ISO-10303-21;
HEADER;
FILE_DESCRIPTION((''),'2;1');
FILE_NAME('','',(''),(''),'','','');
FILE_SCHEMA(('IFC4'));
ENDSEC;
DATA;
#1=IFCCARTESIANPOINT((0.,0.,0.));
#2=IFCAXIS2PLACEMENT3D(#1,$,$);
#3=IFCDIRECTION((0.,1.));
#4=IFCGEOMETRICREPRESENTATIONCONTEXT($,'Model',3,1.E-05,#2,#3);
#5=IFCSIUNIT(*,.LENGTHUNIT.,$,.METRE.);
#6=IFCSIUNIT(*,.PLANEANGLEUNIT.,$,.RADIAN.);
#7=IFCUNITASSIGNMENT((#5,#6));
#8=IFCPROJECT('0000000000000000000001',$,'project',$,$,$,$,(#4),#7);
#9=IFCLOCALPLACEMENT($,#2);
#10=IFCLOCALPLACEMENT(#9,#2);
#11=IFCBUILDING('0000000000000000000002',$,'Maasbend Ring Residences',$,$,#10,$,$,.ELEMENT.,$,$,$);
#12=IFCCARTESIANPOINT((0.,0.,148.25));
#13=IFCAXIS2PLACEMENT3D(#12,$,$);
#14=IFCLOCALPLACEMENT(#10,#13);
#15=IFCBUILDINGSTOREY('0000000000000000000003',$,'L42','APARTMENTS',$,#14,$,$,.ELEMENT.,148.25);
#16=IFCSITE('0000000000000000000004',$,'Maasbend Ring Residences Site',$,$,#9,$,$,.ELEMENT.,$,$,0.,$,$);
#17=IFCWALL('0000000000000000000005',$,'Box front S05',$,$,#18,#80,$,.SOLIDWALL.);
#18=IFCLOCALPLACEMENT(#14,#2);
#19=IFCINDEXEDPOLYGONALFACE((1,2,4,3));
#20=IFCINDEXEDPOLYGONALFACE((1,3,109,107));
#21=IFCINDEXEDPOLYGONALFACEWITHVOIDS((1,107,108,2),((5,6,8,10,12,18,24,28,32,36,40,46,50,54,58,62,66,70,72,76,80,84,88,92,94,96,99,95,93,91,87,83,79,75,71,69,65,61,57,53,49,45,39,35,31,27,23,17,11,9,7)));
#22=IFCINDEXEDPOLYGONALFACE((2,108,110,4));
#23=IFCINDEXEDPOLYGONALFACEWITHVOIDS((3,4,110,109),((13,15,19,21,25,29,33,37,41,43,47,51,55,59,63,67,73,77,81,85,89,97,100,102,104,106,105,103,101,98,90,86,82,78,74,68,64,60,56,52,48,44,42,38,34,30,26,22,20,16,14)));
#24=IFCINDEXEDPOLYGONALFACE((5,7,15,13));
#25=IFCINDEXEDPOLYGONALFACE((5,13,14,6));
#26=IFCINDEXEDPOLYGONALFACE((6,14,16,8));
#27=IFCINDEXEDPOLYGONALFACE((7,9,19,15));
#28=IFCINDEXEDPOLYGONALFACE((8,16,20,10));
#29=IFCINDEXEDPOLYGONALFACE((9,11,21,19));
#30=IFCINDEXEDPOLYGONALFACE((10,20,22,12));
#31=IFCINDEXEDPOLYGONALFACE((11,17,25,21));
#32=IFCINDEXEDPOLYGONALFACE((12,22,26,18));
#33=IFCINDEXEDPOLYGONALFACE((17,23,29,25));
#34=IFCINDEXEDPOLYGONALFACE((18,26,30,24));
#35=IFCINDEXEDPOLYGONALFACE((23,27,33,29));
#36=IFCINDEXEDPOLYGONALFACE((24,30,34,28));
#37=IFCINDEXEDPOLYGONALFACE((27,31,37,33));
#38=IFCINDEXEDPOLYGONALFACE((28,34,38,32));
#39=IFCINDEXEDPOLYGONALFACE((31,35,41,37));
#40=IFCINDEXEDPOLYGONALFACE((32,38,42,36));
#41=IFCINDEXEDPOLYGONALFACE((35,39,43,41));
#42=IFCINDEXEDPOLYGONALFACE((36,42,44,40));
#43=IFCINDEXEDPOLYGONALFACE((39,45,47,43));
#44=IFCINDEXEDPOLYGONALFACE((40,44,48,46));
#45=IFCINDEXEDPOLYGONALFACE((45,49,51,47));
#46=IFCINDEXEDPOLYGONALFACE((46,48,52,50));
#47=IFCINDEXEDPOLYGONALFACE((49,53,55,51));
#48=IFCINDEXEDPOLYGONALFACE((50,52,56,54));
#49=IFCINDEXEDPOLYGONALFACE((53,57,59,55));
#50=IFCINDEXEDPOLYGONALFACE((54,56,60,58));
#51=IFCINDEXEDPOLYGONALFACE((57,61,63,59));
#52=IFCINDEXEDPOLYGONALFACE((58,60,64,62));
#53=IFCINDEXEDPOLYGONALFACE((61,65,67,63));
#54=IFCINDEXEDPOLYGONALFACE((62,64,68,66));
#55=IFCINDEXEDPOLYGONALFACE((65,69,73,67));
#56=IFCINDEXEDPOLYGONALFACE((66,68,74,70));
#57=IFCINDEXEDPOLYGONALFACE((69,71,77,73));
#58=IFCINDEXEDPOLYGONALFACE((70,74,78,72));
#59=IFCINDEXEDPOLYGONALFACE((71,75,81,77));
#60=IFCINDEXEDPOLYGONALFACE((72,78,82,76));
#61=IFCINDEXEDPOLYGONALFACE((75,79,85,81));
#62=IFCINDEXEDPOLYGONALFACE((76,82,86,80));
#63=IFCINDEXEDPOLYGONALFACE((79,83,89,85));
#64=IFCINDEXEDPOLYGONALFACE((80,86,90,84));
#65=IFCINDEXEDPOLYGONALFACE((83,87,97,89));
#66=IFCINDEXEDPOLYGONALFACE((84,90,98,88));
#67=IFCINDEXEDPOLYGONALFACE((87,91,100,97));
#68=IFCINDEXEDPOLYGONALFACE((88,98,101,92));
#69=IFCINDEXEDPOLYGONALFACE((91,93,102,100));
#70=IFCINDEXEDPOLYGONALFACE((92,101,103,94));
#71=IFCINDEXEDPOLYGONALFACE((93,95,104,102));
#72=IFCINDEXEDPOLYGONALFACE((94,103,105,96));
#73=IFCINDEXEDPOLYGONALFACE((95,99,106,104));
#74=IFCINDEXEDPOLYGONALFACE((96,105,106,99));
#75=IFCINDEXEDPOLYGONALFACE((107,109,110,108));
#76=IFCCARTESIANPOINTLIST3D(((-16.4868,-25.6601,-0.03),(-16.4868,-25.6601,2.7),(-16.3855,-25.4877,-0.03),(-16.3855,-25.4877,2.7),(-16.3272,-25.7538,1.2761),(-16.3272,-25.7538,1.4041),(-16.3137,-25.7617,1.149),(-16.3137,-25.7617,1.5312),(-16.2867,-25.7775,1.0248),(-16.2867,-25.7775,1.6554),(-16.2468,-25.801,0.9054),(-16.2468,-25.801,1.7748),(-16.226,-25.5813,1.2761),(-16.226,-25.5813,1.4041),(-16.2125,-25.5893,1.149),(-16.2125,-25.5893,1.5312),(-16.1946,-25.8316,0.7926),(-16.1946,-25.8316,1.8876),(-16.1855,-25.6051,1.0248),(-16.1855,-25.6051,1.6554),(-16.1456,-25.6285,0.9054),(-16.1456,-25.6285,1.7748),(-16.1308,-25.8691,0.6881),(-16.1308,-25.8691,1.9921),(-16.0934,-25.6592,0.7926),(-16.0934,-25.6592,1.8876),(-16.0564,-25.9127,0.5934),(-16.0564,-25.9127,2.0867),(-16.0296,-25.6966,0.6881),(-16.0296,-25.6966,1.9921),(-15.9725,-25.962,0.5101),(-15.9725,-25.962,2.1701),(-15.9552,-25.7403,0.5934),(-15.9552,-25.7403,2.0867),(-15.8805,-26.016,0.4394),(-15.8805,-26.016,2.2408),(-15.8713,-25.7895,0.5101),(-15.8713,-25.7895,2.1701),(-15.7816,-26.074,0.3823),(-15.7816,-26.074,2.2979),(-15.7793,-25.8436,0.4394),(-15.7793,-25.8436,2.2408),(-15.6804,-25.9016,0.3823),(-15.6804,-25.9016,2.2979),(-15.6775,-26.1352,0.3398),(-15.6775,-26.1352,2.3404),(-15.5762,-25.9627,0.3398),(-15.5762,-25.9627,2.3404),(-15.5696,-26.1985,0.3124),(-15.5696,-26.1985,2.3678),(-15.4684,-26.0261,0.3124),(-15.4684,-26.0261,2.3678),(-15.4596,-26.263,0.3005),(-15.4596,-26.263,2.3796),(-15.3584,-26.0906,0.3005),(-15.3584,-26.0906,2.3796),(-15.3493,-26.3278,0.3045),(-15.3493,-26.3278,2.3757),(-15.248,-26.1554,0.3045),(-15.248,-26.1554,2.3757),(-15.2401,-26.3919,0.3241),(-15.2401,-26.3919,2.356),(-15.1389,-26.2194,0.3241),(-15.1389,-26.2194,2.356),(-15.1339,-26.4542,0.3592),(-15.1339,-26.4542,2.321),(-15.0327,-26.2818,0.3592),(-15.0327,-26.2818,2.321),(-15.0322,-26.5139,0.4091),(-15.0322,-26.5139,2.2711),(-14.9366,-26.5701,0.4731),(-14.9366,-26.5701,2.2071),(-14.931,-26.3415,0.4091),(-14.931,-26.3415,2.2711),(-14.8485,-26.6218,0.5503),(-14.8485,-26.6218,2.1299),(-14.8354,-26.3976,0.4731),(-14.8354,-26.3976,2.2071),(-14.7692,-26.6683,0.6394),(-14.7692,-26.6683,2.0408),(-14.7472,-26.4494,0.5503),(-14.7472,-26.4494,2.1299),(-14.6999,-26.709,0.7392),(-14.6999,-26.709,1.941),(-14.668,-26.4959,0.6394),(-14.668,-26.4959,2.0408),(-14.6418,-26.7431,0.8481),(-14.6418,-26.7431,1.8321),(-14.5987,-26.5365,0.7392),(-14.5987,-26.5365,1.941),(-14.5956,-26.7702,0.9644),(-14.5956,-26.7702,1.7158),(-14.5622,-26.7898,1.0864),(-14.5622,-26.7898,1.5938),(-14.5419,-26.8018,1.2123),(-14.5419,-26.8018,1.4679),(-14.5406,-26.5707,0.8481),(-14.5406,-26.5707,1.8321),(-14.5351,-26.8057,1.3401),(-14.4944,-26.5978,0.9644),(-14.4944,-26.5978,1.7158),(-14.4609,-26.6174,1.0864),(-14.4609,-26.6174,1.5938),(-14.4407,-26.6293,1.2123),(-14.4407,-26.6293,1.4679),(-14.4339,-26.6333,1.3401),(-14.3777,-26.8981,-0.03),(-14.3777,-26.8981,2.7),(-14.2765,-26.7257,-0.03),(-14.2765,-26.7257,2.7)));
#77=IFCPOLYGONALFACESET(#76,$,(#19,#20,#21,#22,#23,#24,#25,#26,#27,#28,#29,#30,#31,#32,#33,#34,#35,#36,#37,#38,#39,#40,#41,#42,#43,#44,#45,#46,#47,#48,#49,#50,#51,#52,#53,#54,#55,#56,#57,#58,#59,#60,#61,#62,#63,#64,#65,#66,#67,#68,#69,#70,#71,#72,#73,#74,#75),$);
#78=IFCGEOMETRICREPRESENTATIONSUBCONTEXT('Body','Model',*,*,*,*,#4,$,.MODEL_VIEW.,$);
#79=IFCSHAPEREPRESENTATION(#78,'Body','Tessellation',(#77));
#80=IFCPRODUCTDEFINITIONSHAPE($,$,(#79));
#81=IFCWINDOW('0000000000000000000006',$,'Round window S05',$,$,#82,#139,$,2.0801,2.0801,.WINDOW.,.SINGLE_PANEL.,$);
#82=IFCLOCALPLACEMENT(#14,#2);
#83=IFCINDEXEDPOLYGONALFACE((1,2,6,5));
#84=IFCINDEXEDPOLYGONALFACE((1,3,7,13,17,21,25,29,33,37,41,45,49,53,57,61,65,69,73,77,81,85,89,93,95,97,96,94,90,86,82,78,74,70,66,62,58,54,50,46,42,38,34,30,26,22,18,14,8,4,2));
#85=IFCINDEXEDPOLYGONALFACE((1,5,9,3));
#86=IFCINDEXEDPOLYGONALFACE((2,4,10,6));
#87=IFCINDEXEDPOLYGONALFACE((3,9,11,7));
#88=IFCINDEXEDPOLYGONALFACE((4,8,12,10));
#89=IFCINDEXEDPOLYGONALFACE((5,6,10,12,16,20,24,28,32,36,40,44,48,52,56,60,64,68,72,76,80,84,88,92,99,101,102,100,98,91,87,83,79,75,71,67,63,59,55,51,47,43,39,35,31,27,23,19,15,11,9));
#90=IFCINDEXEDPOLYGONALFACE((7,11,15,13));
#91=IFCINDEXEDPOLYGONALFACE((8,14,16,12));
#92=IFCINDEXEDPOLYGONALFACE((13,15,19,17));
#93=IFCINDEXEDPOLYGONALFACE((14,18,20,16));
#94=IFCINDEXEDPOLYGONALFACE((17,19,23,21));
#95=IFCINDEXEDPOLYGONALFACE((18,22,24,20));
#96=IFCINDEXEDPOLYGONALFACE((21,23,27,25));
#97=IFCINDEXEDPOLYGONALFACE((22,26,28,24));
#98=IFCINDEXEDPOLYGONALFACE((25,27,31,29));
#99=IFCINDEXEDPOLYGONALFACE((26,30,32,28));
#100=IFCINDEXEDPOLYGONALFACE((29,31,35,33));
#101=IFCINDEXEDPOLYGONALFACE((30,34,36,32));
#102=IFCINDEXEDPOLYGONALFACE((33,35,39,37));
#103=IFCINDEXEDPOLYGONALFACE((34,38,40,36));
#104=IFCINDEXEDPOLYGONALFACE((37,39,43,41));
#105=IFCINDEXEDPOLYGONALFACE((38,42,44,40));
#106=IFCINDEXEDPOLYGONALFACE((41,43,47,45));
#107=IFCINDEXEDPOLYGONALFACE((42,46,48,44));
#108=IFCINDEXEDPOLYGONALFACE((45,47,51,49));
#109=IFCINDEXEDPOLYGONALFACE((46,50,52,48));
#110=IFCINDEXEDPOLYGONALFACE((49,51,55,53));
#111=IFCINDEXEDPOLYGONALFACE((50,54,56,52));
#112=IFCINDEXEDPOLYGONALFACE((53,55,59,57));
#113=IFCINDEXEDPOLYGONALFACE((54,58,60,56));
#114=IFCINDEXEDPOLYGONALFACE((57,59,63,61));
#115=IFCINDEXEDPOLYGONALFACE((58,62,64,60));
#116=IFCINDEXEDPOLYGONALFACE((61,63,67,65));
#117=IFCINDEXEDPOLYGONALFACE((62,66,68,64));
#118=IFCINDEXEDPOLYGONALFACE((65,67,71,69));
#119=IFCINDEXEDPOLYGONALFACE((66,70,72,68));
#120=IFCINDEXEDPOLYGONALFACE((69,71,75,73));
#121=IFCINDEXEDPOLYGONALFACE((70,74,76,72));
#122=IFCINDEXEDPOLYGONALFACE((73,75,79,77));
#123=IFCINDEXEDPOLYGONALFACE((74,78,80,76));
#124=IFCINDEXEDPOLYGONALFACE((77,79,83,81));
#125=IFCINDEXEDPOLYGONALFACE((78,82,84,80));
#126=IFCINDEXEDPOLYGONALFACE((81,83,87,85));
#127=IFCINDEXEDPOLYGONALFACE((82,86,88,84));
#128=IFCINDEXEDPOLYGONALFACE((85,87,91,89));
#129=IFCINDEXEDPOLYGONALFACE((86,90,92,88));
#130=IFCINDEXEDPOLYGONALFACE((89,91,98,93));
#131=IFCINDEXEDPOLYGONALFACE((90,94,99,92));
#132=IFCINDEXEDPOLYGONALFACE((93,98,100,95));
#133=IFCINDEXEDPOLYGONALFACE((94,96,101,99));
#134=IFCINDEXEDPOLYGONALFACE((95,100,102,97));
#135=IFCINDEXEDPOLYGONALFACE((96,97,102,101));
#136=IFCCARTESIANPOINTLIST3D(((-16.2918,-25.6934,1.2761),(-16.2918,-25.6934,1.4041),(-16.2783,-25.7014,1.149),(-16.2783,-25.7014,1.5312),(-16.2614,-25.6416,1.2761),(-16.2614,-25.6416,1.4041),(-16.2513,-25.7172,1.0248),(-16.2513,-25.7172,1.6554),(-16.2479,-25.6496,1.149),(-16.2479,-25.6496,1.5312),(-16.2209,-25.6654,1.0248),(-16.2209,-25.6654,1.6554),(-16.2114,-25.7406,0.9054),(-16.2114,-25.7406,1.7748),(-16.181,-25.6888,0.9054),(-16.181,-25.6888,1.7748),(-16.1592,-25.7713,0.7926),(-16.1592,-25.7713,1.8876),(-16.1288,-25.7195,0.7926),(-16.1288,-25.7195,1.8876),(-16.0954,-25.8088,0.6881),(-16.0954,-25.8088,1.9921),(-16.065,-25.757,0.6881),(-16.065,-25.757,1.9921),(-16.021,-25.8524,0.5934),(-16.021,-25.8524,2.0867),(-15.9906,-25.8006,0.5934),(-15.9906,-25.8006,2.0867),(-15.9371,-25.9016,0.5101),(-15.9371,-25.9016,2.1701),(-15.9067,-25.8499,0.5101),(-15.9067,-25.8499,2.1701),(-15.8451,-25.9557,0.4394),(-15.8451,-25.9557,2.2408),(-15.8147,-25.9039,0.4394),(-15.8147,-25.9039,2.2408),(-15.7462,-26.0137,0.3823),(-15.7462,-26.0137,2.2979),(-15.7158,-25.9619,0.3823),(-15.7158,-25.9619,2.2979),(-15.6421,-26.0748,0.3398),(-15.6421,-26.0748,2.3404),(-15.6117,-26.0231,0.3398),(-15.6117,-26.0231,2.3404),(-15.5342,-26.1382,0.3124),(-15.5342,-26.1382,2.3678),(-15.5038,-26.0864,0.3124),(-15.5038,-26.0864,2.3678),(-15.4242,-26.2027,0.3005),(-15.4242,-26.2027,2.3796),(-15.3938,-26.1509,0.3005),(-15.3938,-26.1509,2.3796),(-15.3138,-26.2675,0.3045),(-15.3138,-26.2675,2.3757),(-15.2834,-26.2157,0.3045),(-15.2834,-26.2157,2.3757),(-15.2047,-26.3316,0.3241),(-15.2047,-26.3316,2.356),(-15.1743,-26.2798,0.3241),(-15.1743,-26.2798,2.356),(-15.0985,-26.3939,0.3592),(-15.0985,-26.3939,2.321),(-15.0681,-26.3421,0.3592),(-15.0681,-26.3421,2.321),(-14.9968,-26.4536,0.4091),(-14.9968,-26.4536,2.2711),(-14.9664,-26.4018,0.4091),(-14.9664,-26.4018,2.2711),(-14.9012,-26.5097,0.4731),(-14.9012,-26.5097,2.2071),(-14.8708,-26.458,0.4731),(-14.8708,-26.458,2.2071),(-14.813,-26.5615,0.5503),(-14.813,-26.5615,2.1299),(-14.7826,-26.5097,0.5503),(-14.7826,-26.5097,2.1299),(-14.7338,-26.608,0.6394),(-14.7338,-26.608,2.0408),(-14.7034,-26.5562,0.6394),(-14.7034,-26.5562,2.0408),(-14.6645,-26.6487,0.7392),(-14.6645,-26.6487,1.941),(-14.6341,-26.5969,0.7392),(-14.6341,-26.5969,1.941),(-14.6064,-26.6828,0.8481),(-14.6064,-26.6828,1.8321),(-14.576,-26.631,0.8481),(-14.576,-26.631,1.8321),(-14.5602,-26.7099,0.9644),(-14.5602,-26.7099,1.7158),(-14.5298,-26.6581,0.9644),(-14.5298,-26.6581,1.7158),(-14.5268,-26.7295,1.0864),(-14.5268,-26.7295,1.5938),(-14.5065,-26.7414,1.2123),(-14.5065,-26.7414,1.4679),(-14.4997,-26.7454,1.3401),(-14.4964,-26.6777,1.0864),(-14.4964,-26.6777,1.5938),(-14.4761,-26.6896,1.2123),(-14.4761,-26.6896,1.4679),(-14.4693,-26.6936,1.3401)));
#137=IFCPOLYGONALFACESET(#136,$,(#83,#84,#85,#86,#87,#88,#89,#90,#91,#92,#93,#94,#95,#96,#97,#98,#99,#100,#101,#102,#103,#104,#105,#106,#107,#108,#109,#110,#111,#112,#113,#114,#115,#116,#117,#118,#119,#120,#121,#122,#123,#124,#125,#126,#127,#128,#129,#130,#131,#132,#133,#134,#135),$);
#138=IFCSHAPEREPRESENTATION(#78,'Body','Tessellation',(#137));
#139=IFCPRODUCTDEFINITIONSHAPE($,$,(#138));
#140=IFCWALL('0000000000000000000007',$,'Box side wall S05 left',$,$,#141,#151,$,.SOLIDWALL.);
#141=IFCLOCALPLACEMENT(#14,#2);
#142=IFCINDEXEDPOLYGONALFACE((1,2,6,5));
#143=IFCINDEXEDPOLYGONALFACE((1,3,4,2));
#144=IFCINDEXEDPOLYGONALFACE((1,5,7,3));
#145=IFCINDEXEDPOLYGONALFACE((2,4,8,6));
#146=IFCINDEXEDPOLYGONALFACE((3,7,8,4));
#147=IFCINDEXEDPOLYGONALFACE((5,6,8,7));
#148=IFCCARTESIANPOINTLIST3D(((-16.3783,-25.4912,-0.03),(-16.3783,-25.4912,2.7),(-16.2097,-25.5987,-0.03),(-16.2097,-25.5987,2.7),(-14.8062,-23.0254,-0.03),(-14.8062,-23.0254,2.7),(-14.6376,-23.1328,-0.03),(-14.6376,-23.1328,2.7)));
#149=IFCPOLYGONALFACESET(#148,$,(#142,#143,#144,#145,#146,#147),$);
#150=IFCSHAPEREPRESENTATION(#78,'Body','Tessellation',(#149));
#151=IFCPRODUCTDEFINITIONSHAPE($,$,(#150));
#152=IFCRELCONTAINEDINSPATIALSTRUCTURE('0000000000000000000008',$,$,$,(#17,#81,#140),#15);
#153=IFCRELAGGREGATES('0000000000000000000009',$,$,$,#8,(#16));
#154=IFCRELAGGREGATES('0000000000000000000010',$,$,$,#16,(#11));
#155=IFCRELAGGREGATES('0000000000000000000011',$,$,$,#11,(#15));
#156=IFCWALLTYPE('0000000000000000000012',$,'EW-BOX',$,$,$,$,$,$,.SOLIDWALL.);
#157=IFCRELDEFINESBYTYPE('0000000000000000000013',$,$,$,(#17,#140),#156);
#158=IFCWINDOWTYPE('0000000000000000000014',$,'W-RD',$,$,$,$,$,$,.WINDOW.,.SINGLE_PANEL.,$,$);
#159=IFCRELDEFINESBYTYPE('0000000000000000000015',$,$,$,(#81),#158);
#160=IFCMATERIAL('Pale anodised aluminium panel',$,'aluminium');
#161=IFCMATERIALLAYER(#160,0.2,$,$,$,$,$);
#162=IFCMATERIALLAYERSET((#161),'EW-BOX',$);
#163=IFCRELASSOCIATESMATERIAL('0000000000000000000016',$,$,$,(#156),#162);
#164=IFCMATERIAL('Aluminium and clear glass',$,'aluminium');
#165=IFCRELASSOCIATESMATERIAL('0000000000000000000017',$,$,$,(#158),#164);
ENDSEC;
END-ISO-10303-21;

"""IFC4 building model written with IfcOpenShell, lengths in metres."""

from ifc_helpers import new_model, si_unit, direction, frame, frame_2d, origin, place, context, subcontext, project, spatial, rectangle, circle, extrude, material, layer, layer_set, type_object, element, fill, save


model = new_model("IFC4")

# Units and contexts
model_context = context("Model", 3, precision=1e-05, world=origin(), true_north=direction((0.0, 1.0)))
body_context = subcontext(model_context, "Body", "Model", "MODEL_VIEW")
ifc_project = project(units=[si_unit("LENGTHUNIT", "METRE"), si_unit("PLANEANGLEUNIT", "RADIAN")], contexts=[model_context])

# Site, building, storey
site_placement = place(None, origin())
site = spatial("IfcSite", under=ifc_project, at=site_placement, Name="Maasbend Ring Residences Site", CompositionType="ELEMENT", RefElevation=0.0)
building_placement = place(site_placement, origin())
building = spatial("IfcBuilding", under=site, at=building_placement, Name="Maasbend Ring Residences", CompositionType="ELEMENT")
storey_placement = place(building_placement, frame((0.0, 0.0, 148.25)))
storey = spatial("IfcBuildingStorey", under=building, at=storey_placement, Name="L42", Description="APARTMENTS", CompositionType="ELEMENT", Elevation=148.25)

# Shared definitions
ifc_material_1 = material(Name="Pale anodised aluminium panel", Category="aluminium")
ifc_layer_1 = layer(ifc_material_1, 0.2)
ifc_layer_set_1 = layer_set([ifc_layer_1], Name="EW-BOX")
wall_type_1 = type_object("IfcWallType", Name="EW-BOX", PredefinedType="SOLIDWALL", material=ifc_layer_set_1)
ifc_material_2 = material(Name="Aluminium and clear glass", Category="aluminium")
window_type_1 = type_object("IfcWindowType", Name="W-RD", PartitioningType="SINGLE_PANEL", PredefinedType="WINDOW", material=ifc_material_2)

# Wall, opening, window
wall_1_placement = place(storey_placement, frame((-16.436, -25.574, -0.03), z_axis=(0.0, 0.0, 1.0), x_axis=(0.862403, -0.506222, 0.0)))
wall_1 = element("IfcWall", 1, at=wall_1_placement, inside=storey, type_object=wall_type_1, Name="Box front S05", PredefinedType="SOLIDWALL", context=body_context, shape_type="SweptSolid", body=[
    extrude(rectangle(XDim=2.4456, YDim=0.2, at=frame_2d((1.2227, 0.0))), origin(), (0.0, 0.0, 1.0), 2.73),
])
opening_1_placement = place(wall_1_placement, frame((0.1829, 0.0, 0.3301)))
opening_1 = element("IfcOpeningElement", 2, at=opening_1_placement, cuts=wall_1, PredefinedType="OPENING", context=body_context, shape_type="SweptSolid", body=[
    extrude(circle(Radius=1.04, at=frame_2d((1.04, 1.04))), frame((0.0, 0.1099, 0.0), z_axis=(0.0, -1.0, 0.0), x_axis=(1.0, 0.0, 0.0)), (0.0, 0.0, 1.0), 0.22),
])
window_1_placement = place(opening_1_placement, origin())
window_1 = element("IfcWindow", 3, at=window_1_placement, inside=storey, type_object=window_type_1, Name="Round window S05", OverallHeight=2.0801, OverallWidth=2.0801, PartitioningType="SINGLE_PANEL", PredefinedType="WINDOW", context=body_context, shape_type="SweptSolid", body=[
    extrude(circle(Radius=1.04, at=frame_2d((1.04, 1.04))), frame((0.0, 0.03, 0.0), z_axis=(0.0, -1.0, 0.0), x_axis=(1.0, 0.0, 0.0)), (0.0, 0.0, 1.0), 0.0601),
])
fill(opening_1, window_1)

# Wall
wall_2_placement = place(storey_placement, frame((-14.7219, -23.0791, -0.03), z_axis=(0.0, 0.0, 1.0), x_axis=(-0.537572, -0.843218, 0.0)))
element("IfcWall", 4, at=wall_2_placement, inside=storey, type_object=wall_type_1, Name="Box side wall S05 left", PredefinedType="SOLIDWALL", context=body_context, shape_type="SweptSolid", body=[
    extrude(rectangle(XDim=2.9243, YDim=0.2, at=frame_2d((1.4622, 0.0))), origin(), (0.0, 0.0, 1.0), 2.73),
])

save(model, "model.ifc")
